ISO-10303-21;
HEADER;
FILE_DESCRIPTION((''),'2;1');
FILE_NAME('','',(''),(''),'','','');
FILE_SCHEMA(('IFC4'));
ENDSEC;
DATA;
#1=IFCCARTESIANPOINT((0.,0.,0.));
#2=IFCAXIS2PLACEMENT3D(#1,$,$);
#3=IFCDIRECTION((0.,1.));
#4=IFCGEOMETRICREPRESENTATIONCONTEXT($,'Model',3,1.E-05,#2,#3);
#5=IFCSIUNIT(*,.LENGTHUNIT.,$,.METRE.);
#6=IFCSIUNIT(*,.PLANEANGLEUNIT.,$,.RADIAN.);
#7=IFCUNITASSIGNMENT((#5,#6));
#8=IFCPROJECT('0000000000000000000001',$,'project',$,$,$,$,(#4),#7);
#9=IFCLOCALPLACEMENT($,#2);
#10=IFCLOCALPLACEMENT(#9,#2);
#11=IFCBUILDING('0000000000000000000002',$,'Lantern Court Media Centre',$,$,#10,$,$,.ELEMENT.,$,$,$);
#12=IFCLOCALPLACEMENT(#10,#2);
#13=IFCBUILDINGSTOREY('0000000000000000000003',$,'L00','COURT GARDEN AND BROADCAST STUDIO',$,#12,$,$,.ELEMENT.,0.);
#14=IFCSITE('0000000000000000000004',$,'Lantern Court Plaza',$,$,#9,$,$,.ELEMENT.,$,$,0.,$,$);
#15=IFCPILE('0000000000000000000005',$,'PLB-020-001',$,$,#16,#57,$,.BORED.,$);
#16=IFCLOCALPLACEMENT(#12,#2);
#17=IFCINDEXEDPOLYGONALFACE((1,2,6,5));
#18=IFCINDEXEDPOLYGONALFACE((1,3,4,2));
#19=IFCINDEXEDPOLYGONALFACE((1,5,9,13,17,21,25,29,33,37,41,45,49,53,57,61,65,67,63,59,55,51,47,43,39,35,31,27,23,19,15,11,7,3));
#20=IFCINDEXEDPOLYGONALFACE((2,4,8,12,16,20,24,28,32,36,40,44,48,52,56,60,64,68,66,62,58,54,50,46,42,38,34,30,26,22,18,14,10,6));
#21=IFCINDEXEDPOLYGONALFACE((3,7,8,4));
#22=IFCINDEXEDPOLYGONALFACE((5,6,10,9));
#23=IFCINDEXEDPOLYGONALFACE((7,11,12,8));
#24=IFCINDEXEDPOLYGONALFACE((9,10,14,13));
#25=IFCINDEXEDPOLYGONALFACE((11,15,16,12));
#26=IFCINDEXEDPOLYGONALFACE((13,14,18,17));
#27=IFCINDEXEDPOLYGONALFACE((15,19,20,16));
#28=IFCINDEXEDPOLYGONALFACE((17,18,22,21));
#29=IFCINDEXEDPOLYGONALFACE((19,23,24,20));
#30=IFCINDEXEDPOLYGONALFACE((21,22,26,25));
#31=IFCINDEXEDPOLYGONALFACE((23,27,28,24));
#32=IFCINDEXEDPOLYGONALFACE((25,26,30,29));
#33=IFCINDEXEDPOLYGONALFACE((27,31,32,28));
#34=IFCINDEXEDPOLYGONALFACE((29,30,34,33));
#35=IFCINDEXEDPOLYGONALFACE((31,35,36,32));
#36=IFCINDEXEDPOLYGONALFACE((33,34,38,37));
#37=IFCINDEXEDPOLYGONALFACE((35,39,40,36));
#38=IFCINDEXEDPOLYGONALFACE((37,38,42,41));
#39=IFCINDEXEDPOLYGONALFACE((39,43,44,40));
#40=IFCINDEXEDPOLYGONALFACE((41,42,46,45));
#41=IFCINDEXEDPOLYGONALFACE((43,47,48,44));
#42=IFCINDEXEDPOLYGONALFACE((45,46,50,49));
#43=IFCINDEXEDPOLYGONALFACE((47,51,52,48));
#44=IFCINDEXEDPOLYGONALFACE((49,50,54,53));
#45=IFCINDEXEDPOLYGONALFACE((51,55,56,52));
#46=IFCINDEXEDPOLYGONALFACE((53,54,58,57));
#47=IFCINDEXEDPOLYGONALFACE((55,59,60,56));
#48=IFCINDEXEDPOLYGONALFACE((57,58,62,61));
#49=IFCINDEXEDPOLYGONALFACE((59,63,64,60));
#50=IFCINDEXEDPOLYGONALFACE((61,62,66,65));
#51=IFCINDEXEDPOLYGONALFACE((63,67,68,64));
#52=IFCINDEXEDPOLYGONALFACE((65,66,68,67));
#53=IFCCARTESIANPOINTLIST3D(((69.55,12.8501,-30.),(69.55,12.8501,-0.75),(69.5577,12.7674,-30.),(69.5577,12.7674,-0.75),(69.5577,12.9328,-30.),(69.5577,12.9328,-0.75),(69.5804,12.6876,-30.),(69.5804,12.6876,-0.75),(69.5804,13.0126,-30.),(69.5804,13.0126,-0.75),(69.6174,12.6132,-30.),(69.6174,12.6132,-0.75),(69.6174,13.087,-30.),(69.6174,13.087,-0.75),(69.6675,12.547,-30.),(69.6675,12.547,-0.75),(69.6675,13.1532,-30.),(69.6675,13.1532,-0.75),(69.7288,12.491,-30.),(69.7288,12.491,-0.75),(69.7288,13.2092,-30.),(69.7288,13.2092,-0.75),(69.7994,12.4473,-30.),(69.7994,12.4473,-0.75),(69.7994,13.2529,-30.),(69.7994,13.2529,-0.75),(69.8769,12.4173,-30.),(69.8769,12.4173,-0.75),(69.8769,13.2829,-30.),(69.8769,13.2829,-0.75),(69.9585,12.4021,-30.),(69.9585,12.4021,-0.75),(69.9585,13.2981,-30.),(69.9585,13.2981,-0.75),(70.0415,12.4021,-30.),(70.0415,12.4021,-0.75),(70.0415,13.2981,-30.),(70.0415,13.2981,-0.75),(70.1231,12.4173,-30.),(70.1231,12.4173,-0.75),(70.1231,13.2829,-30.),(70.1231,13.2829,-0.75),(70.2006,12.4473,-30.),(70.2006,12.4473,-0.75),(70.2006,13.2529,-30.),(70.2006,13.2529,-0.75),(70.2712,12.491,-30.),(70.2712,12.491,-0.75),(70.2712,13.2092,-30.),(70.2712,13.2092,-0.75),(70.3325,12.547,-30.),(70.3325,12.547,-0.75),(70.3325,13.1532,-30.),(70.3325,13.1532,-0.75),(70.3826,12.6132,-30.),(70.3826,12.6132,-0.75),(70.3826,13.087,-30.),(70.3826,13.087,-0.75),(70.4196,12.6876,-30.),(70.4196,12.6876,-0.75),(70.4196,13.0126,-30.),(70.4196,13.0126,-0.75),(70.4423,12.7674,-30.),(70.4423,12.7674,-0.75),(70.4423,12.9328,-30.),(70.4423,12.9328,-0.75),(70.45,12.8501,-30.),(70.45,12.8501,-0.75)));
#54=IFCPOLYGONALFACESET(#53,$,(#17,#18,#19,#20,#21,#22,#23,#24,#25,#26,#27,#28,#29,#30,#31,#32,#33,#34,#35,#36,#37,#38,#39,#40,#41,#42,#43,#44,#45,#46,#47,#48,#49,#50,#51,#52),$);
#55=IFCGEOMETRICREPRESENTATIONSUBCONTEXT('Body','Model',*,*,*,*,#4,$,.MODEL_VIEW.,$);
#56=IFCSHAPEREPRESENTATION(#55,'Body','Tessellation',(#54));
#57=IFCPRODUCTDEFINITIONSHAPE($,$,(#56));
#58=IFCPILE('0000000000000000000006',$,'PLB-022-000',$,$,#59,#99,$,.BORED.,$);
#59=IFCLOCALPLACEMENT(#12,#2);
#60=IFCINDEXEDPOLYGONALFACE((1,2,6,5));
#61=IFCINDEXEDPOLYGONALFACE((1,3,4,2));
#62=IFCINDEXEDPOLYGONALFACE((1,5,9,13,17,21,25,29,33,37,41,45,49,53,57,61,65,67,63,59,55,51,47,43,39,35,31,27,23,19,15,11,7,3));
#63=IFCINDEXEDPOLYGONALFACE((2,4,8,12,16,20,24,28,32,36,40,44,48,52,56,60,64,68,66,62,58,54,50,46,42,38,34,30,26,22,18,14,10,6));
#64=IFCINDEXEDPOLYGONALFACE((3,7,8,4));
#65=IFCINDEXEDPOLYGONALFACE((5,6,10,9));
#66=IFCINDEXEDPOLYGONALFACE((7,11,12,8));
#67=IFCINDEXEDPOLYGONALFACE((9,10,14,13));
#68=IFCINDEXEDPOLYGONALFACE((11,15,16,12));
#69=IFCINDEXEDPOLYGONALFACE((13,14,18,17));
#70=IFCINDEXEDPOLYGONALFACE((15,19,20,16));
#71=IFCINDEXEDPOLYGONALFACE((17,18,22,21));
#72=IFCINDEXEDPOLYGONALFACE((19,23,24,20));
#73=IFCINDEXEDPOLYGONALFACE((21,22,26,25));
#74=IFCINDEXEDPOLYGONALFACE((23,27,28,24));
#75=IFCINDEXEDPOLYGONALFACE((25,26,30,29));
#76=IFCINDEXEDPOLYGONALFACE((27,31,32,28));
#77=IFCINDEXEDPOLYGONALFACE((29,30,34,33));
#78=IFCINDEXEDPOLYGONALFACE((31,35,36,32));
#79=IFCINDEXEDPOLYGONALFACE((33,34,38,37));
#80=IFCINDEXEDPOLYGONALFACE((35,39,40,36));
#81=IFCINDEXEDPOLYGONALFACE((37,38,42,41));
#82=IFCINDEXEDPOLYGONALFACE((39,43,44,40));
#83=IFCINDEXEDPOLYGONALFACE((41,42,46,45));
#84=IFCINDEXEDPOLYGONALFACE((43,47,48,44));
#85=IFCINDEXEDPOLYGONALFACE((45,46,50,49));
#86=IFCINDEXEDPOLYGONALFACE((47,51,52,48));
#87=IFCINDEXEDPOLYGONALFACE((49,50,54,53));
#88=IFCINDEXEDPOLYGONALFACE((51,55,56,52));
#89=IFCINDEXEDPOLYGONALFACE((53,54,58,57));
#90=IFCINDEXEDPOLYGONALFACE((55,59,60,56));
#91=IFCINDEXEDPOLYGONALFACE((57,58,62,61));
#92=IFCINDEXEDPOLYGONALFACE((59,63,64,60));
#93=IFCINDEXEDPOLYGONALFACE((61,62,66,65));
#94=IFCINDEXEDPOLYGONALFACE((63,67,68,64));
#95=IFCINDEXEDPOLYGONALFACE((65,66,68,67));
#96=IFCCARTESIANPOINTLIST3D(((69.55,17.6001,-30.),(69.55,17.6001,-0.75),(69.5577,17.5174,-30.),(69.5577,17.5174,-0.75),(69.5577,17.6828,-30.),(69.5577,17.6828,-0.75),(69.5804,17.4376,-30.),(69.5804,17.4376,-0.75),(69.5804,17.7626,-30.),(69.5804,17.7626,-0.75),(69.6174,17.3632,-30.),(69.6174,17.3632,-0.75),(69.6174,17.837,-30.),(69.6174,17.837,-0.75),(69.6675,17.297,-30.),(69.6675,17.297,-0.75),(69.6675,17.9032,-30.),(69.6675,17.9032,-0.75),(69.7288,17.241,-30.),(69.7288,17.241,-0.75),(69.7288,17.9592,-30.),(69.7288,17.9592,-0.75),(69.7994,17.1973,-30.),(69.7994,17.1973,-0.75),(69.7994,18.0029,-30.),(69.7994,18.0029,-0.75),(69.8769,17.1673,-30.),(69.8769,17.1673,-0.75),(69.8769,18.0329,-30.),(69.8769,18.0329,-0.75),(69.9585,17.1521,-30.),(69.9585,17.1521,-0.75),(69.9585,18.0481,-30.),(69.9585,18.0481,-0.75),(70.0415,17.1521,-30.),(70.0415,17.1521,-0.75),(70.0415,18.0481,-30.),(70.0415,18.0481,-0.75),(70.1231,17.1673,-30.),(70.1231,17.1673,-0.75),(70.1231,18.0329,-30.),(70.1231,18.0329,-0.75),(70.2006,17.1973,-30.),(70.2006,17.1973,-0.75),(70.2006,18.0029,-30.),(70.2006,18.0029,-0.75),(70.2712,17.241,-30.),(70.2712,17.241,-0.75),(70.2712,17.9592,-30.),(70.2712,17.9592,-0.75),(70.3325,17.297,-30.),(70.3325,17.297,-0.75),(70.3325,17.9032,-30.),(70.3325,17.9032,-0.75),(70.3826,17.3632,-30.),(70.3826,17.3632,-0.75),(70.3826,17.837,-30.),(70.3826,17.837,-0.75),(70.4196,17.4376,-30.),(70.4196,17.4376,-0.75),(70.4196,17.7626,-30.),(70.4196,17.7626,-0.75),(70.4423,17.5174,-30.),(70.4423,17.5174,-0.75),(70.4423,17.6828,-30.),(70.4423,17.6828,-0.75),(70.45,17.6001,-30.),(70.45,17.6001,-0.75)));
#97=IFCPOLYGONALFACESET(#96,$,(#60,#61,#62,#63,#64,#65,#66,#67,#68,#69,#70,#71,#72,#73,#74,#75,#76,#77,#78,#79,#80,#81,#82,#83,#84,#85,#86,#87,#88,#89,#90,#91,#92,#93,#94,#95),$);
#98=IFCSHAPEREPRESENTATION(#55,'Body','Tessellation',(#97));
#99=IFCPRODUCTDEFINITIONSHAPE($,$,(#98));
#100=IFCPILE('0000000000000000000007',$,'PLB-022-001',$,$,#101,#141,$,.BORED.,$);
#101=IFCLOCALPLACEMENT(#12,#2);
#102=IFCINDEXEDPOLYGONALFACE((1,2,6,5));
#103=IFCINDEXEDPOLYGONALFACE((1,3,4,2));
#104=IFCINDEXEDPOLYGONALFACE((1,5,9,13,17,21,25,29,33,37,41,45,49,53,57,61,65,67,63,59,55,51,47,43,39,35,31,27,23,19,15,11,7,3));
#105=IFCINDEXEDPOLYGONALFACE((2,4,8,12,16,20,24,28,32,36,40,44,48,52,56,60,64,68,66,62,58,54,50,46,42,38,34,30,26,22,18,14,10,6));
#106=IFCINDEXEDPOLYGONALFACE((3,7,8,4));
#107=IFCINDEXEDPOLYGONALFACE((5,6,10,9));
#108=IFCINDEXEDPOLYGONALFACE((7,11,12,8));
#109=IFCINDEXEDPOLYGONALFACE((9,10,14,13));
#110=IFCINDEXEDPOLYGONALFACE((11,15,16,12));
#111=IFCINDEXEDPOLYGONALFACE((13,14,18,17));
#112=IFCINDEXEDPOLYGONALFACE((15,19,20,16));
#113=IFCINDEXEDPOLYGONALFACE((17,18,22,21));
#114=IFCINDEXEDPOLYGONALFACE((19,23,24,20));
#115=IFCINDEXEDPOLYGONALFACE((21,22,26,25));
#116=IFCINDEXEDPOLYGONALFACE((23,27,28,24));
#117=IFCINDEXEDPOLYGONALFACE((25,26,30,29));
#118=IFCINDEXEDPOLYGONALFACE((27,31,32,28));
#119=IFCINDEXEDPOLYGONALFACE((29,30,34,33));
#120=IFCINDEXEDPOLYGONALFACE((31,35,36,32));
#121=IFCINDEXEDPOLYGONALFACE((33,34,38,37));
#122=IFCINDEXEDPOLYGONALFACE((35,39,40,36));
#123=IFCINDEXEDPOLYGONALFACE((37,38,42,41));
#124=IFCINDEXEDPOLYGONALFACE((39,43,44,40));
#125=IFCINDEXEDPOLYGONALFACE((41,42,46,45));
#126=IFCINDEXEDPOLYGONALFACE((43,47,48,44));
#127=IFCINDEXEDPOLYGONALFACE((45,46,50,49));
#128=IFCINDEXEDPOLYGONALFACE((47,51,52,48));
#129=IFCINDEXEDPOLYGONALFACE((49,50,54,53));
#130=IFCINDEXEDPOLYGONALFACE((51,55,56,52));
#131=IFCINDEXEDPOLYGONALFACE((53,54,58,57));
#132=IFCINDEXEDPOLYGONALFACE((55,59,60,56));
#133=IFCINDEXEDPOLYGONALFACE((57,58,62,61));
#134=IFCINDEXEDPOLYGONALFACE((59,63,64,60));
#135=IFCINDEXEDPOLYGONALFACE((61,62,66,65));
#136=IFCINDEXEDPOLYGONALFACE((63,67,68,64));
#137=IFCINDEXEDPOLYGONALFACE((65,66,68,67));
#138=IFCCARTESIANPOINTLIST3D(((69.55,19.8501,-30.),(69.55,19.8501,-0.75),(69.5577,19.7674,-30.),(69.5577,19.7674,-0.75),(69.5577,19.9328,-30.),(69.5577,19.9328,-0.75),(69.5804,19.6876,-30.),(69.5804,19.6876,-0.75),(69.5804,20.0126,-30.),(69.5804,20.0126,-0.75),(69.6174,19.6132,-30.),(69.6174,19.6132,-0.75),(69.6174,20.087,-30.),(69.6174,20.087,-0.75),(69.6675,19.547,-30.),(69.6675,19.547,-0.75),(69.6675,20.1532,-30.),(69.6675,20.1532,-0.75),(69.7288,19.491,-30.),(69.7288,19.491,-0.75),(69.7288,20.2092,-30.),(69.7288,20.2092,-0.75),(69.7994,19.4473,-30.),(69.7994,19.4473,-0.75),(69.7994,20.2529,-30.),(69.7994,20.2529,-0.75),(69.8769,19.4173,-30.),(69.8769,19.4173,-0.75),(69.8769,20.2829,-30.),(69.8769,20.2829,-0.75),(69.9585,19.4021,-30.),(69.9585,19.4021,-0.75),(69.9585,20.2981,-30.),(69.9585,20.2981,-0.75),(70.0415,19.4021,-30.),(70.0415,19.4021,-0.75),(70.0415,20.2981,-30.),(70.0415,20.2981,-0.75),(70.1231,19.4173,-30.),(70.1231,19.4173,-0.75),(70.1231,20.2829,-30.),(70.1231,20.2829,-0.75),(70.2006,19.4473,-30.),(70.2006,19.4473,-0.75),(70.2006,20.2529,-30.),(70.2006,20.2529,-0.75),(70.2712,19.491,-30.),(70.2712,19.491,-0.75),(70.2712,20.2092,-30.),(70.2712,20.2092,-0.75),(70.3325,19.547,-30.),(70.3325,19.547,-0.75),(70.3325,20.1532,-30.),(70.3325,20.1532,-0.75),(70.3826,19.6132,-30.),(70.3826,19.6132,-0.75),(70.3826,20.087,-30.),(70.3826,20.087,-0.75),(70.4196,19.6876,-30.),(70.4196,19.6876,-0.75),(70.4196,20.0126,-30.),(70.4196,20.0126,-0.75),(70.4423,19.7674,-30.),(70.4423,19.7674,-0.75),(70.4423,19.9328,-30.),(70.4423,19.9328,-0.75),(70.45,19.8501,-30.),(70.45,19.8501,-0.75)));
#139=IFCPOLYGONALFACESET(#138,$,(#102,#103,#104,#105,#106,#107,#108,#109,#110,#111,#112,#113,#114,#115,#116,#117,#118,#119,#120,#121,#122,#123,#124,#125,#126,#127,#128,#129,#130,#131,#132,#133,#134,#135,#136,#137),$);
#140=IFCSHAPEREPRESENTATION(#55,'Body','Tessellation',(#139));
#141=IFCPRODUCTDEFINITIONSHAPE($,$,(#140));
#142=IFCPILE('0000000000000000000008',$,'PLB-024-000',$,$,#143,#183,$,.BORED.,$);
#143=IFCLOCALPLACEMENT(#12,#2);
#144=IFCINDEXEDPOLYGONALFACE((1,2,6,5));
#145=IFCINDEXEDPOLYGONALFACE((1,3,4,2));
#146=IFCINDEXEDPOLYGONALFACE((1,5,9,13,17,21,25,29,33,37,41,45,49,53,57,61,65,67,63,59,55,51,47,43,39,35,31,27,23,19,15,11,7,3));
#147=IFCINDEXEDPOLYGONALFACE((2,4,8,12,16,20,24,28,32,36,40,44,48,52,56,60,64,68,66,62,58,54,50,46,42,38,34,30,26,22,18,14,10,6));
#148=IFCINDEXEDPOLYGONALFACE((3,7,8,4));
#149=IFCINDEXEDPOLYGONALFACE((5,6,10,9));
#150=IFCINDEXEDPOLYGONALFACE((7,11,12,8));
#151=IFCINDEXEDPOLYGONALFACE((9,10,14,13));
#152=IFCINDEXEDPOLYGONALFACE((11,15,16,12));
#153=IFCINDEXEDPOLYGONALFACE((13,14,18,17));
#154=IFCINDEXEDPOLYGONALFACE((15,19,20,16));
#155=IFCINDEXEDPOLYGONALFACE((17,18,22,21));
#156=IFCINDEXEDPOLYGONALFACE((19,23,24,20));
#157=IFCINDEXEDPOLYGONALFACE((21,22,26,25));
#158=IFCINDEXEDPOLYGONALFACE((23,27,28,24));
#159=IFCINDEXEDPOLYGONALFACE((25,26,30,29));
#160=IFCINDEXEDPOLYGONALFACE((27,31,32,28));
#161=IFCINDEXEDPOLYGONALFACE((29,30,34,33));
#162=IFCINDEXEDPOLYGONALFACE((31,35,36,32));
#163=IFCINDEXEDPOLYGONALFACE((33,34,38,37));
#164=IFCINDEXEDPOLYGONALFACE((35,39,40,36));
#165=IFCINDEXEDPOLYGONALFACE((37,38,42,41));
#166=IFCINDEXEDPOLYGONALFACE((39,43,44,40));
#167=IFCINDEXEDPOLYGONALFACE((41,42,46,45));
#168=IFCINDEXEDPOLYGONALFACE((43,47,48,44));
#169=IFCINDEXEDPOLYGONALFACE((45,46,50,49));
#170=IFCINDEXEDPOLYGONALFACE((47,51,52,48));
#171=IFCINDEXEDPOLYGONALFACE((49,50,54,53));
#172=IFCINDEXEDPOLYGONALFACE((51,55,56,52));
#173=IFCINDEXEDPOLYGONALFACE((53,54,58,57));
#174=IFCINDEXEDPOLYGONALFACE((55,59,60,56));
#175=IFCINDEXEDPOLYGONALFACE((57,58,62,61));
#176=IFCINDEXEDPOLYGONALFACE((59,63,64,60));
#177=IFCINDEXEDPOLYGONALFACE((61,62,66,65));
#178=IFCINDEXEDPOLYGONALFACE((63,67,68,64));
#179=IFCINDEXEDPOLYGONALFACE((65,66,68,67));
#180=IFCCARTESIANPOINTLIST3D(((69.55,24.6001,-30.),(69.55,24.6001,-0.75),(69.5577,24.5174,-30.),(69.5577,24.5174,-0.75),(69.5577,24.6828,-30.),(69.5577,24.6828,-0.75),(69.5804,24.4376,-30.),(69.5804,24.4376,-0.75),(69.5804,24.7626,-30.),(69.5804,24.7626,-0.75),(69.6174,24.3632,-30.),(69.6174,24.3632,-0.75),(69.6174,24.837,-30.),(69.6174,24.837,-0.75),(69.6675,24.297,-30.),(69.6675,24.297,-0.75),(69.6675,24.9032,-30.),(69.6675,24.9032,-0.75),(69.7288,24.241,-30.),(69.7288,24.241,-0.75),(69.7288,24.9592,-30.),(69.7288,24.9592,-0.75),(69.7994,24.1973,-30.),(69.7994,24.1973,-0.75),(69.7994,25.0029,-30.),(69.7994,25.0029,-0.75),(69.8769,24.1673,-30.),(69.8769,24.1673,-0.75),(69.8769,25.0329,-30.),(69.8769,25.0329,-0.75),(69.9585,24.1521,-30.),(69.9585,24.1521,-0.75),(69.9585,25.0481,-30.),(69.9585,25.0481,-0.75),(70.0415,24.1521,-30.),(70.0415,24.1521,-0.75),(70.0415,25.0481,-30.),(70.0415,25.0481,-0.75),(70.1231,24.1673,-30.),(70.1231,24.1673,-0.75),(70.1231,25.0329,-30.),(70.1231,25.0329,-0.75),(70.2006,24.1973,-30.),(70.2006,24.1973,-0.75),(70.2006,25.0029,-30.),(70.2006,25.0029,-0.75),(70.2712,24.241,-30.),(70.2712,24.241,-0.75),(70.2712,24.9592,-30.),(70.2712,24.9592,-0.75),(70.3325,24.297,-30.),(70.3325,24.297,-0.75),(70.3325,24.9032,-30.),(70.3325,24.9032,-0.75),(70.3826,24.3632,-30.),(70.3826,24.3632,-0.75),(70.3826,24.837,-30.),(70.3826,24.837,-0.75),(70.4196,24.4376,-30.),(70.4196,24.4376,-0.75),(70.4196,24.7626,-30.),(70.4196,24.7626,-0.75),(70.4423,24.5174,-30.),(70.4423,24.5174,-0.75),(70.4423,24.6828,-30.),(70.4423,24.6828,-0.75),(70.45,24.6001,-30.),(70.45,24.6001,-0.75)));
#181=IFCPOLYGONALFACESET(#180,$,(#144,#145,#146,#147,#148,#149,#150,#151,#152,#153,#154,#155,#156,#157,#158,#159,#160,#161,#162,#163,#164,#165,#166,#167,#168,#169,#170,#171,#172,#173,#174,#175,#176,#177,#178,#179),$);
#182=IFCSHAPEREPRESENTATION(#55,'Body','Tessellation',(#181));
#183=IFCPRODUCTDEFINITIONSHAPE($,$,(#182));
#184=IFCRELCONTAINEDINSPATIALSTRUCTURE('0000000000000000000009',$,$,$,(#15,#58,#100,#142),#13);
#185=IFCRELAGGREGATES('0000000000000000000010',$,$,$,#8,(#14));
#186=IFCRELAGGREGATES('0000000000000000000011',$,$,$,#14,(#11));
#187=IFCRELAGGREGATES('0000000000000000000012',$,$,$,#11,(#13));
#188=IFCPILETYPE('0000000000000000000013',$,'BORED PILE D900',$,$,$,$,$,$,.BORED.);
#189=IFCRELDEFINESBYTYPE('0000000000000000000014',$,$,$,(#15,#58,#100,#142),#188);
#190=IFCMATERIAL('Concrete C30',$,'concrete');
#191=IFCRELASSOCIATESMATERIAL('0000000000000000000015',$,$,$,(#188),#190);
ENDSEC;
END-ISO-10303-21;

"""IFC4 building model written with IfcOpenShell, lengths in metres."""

from ifc_helpers import new_model, si_unit, direction, frame, origin, origin_2d, place, context, subcontext, project, spatial, circle, extrude, material, material_profile, profile_set, type_object, element, save


model = new_model("IFC4")

# Units and contexts
model_context = context("Model", 3, precision=1e-05, world=origin(), true_north=direction((0.0, 1.0)))
body_context = subcontext(model_context, "Body", "Model", "MODEL_VIEW")
ifc_project = project(units=[si_unit("LENGTHUNIT", "METRE"), si_unit("PLANEANGLEUNIT", "RADIAN")], contexts=[model_context])

# Site, building, storey
site_placement = place(None, origin())
site = spatial("IfcSite", under=ifc_project, at=site_placement, Name="Lantern Court Plaza", CompositionType="ELEMENT", RefElevation=0.0)
building_placement = place(site_placement, origin())
building = spatial("IfcBuilding", under=site, at=building_placement, Name="Lantern Court Media Centre", CompositionType="ELEMENT")
storey_placement = place(building_placement, origin())
storey = spatial("IfcBuildingStorey", under=building, at=storey_placement, Name="L00", Description="COURT GARDEN AND BROADCAST STUDIO", CompositionType="ELEMENT", Elevation=0.0)

# Piles
ifc_material_1 = material(Name="Concrete C30", Category="concrete")
ifc_material_profile_1 = material_profile(ifc_material_1, circle(Radius=0.45, at=origin_2d()), Name="D900")
ifc_profile_set_1 = profile_set([ifc_material_profile_1], Name="Concrete C30")
pile_type = type_object("IfcPileType", Name="BORED PILE D900", PredefinedType="BORED", material=ifc_profile_set_1)
for number, where, z_axis, x_axis, name in (
    (1, (70.0, 12.8501, -0.75), (0.0, 0.0, -1.0), (1.0, 0.0, 0.0), "PLB-020-001"),
    (2, (70.0, 17.6001, -0.75), (0.0, 0.0, -1.0), (1.0, 0.0, 0.0), "PLB-022-000"),
    (3, (70.0, 19.8501, -0.75), (0.0, 0.0, -1.0), (1.0, 0.0, 0.0), "PLB-022-001"),
    (4, (70.0, 24.6001, -0.75), (0.0, 0.0, -1.0), (1.0, 0.0, 0.0), "PLB-024-000"),
):
    element("IfcPile", number, at=place(storey_placement, frame(where, z_axis=z_axis, x_axis=x_axis)), inside=storey, type_object=pile_type, Name=name, PredefinedType="BORED", context=body_context, shape_type="SweptSolid", body=[
        extrude(circle(Radius=0.45, at=origin_2d()), origin(), (0.0, 0.0, 1.0), 29.25),
    ])

save(model, "model.ifc")
